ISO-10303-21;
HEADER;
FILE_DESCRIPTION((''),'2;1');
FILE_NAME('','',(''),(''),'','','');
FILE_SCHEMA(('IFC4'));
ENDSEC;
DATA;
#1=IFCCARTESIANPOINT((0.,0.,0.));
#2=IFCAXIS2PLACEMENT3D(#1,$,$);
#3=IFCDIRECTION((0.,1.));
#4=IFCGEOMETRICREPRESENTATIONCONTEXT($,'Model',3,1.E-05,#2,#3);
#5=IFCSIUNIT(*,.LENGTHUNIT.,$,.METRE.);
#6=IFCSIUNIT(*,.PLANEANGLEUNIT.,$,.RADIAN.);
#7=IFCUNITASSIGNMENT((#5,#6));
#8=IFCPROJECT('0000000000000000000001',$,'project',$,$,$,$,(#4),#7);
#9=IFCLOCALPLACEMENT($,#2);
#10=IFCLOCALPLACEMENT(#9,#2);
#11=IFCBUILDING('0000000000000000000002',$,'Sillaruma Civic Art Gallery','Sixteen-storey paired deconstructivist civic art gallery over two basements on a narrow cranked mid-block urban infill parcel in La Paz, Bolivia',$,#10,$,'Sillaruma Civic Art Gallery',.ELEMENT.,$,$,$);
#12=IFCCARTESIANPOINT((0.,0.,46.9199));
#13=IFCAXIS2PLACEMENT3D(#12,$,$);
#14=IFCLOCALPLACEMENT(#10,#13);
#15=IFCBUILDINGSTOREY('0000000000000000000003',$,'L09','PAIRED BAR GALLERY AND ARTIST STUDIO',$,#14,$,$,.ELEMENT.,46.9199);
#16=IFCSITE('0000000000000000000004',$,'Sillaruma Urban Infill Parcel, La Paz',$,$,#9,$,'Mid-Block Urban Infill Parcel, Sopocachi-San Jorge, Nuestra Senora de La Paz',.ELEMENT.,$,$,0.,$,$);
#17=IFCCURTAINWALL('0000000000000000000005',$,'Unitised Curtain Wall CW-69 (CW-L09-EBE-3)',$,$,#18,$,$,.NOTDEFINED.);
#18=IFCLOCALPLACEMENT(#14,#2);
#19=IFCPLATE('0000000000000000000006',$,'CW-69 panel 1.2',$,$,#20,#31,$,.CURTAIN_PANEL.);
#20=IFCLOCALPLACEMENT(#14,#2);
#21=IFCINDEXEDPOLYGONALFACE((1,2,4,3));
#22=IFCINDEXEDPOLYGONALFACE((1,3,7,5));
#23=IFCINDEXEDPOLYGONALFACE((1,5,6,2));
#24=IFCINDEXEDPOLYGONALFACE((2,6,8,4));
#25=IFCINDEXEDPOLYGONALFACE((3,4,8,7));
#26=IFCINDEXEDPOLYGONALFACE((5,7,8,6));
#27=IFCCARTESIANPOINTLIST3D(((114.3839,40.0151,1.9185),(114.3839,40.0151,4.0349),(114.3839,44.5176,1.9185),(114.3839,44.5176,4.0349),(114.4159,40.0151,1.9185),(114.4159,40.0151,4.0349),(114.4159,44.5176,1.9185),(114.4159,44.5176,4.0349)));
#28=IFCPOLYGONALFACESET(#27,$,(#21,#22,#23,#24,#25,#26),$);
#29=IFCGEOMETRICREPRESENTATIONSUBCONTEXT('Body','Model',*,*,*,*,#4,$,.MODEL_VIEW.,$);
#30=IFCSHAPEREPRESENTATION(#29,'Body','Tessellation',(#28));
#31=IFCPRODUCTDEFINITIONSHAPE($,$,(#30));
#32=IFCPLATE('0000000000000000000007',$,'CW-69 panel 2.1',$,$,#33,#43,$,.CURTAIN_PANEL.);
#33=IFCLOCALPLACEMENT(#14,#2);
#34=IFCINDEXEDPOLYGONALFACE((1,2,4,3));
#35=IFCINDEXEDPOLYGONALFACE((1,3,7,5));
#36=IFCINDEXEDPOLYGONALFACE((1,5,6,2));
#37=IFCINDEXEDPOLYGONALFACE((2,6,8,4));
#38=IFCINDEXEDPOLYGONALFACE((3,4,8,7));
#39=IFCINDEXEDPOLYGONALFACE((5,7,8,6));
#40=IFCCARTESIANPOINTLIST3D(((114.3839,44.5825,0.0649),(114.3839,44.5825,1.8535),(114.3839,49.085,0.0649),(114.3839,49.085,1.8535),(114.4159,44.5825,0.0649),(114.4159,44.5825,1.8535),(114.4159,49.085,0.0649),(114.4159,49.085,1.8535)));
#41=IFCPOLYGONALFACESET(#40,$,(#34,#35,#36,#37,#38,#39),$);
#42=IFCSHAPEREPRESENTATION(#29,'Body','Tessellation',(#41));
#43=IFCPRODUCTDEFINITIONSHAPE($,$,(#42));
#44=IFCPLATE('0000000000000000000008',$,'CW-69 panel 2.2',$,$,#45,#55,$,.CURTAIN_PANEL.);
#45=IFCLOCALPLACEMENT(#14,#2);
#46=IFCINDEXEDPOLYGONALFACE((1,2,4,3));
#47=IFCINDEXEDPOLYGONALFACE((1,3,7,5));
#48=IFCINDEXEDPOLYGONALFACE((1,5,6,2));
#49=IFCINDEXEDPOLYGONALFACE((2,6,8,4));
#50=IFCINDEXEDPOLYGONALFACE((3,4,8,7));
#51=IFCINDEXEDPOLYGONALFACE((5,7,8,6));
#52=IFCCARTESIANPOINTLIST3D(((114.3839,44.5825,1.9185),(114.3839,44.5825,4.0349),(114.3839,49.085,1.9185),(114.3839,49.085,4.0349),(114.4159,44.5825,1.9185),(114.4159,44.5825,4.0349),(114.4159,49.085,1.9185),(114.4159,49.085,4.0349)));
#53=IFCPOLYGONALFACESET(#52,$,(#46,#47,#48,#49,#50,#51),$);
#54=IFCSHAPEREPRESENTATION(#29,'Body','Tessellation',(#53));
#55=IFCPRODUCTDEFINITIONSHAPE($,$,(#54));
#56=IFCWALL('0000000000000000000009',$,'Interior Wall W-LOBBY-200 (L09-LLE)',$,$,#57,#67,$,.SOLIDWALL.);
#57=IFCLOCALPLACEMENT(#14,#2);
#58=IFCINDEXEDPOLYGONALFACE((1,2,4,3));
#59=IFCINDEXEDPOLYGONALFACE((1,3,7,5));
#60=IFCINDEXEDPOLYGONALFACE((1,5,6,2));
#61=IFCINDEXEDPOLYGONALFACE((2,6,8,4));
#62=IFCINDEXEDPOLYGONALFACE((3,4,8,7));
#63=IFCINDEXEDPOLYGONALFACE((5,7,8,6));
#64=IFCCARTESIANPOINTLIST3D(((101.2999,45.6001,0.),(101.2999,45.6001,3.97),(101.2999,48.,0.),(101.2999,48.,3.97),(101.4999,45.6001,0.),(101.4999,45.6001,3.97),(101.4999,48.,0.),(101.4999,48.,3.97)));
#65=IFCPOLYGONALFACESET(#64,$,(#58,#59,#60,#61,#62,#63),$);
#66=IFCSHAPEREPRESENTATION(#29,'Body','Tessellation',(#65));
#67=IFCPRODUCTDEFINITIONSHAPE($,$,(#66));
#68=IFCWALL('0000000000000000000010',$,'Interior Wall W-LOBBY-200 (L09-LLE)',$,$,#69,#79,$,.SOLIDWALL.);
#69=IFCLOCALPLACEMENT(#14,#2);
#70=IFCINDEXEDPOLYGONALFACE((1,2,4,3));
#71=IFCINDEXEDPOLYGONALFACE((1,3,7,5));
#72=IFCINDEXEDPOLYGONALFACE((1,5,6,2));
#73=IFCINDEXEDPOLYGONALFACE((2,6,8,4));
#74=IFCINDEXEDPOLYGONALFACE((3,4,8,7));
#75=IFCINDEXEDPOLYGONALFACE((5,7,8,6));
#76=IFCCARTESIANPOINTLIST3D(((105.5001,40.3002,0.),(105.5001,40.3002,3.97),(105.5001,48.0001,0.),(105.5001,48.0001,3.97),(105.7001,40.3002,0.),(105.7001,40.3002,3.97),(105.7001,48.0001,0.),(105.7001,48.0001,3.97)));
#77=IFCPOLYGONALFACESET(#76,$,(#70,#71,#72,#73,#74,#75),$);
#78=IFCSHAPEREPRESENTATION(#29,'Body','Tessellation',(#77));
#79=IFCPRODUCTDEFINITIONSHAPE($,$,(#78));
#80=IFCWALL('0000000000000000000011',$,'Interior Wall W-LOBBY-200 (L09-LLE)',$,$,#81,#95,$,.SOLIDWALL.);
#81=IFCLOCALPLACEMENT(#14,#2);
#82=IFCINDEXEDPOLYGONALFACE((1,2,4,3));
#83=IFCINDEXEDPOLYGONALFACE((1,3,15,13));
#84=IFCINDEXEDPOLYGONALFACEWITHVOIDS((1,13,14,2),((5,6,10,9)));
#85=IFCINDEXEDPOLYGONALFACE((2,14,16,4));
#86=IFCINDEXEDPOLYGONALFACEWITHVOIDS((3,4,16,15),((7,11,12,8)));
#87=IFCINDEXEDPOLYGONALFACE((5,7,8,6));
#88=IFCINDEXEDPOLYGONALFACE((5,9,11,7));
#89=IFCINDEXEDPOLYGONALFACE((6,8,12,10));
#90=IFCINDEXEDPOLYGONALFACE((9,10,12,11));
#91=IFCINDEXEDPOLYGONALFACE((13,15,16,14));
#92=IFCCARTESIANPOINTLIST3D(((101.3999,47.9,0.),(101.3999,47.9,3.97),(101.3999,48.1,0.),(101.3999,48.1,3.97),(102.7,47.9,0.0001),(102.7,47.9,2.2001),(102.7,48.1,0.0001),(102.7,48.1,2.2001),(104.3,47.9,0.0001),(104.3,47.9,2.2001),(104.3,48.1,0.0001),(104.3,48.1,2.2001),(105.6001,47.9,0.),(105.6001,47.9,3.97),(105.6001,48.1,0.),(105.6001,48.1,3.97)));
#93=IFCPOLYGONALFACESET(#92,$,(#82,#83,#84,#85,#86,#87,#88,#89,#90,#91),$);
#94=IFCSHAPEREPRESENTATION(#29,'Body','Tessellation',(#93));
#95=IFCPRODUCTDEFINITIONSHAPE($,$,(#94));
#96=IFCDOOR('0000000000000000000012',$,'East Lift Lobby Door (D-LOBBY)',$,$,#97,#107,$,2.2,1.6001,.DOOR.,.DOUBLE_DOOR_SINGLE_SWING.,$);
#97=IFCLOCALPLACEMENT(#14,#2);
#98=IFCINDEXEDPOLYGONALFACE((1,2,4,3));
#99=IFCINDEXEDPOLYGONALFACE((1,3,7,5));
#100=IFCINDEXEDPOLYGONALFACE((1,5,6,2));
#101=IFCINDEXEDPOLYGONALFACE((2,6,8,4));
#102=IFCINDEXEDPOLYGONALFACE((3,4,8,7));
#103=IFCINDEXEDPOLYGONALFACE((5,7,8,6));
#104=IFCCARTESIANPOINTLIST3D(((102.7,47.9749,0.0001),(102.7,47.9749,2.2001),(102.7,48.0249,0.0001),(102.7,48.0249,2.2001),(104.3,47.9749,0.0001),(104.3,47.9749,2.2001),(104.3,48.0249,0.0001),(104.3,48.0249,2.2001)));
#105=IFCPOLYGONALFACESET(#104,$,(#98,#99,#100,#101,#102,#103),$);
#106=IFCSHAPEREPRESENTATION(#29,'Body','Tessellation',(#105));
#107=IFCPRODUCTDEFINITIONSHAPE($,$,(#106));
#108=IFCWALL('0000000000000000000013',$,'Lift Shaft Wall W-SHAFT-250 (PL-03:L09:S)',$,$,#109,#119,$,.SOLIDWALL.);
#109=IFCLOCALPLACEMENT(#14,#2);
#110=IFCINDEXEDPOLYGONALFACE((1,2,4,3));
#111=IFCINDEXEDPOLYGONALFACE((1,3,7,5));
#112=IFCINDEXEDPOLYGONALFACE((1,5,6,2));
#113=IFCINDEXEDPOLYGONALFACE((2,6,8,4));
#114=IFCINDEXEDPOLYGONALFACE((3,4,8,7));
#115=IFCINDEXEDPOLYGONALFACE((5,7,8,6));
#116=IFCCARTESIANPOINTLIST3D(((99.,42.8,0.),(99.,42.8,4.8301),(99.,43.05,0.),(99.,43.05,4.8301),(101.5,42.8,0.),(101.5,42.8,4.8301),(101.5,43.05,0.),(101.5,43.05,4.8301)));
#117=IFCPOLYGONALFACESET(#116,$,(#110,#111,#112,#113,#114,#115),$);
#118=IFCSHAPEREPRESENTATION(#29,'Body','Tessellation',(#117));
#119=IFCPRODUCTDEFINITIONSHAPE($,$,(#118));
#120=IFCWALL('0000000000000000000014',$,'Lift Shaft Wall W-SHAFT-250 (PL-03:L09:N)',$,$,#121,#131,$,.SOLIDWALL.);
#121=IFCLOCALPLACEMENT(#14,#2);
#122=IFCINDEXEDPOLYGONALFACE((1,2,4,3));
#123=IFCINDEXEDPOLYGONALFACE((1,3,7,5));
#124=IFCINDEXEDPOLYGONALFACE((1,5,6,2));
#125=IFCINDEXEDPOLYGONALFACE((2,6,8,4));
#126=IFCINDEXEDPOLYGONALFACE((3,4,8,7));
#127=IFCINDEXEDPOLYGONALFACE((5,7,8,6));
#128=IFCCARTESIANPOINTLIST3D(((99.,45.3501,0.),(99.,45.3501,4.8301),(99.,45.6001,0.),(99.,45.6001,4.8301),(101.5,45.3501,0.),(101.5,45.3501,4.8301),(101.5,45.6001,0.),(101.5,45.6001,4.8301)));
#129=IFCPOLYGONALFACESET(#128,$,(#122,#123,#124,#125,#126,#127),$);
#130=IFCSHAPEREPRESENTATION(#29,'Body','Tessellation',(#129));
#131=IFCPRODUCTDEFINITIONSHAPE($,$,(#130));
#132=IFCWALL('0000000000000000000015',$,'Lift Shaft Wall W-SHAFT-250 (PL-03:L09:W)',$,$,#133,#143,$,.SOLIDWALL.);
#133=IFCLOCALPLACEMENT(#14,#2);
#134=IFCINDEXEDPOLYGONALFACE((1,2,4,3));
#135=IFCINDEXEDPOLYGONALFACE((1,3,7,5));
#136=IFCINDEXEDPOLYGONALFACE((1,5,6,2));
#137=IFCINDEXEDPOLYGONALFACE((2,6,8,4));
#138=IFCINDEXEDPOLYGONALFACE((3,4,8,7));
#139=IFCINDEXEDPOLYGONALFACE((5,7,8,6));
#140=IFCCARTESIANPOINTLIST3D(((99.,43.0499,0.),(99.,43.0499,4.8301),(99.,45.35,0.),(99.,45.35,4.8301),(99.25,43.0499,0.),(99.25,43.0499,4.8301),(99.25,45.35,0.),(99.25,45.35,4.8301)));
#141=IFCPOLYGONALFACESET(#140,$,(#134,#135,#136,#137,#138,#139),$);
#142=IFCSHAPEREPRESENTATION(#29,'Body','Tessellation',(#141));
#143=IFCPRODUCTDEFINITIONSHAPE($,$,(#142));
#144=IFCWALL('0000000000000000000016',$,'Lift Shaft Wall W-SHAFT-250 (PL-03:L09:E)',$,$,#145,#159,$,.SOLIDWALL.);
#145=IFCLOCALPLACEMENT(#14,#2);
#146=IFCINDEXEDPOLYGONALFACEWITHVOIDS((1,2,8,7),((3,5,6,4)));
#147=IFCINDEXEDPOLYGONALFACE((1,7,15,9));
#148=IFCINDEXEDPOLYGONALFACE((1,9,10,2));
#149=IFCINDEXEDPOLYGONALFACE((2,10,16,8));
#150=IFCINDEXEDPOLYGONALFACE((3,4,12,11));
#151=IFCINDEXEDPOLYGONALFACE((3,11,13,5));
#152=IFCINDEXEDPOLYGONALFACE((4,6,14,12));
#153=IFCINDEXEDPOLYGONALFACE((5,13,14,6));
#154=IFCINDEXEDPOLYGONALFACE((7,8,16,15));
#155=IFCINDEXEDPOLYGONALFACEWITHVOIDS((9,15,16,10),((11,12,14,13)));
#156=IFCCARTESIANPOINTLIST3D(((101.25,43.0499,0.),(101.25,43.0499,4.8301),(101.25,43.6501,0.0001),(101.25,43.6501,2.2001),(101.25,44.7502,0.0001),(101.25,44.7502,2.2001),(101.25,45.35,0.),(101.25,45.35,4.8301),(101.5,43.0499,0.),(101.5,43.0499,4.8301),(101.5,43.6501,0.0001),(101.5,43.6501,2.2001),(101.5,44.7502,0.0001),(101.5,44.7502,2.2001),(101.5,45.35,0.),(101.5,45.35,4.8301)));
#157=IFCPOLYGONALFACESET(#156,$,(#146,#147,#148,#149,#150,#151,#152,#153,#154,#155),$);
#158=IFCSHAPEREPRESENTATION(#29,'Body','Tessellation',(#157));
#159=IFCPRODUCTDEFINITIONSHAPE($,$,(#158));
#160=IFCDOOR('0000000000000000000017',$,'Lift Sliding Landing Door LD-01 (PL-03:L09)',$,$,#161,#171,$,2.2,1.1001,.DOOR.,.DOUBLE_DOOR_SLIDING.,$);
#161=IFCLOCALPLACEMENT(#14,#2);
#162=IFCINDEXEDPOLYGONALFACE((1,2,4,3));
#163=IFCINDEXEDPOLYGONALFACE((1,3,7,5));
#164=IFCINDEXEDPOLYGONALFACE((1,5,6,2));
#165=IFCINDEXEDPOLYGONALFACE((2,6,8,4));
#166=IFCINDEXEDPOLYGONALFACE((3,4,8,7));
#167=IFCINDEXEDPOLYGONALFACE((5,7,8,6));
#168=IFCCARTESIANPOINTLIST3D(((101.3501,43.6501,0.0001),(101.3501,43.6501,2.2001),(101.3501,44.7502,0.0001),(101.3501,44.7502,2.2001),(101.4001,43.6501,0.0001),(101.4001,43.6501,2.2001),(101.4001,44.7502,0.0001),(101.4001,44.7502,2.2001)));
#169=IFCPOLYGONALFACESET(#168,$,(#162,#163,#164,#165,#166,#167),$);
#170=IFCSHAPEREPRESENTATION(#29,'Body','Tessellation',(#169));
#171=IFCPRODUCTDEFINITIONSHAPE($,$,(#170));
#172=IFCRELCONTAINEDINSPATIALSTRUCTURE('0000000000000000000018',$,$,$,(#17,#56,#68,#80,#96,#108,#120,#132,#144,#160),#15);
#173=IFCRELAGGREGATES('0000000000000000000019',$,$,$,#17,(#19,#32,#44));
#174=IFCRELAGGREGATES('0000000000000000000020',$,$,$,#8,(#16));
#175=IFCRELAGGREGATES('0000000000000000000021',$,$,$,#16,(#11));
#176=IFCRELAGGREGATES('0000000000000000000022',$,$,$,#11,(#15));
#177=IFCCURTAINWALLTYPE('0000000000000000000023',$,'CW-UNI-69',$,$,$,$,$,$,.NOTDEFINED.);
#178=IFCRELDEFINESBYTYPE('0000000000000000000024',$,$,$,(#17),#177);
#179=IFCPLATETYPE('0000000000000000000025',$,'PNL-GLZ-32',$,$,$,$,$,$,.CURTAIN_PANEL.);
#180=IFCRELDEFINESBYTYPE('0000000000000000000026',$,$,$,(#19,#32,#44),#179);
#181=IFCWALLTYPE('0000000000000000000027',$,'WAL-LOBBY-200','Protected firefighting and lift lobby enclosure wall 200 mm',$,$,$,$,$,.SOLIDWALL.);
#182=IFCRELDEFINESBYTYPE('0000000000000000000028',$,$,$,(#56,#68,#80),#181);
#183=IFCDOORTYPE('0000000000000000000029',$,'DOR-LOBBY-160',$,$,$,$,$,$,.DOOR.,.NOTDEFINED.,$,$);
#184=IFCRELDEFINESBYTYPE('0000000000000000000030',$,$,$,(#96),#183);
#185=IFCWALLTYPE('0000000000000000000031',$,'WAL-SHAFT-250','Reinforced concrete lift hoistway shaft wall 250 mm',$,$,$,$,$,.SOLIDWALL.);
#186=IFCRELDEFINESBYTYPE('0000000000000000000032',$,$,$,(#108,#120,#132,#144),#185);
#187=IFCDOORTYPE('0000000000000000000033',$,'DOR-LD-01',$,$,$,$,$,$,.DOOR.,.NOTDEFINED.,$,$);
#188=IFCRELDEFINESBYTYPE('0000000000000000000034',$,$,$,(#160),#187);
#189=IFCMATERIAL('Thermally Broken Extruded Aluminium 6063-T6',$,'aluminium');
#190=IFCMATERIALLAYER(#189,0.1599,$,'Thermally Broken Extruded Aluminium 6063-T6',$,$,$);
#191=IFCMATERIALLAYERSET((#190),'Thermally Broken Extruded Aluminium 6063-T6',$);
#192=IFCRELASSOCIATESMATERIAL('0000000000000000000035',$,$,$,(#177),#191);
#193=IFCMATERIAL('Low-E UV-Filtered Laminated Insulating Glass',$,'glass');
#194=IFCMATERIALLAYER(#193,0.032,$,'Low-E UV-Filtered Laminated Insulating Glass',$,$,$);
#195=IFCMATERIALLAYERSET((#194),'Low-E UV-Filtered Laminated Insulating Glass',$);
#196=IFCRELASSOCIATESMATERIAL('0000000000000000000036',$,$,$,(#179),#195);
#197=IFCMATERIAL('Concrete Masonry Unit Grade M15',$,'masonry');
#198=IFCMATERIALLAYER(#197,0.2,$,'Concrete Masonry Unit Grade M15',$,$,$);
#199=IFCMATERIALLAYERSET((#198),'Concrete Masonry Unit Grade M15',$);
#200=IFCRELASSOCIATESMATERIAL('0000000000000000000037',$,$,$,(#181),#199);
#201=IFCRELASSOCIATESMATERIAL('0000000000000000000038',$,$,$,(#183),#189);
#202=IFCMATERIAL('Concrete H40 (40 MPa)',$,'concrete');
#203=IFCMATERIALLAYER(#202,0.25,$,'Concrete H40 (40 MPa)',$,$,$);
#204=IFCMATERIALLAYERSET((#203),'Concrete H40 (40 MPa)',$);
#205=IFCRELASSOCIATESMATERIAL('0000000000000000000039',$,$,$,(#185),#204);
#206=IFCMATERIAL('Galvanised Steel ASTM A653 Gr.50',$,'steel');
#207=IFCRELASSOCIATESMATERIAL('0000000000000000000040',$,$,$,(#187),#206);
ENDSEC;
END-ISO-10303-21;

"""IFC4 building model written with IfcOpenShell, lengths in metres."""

from ifc_helpers import new_model, si_unit, direction, frame, frame_2d, origin, origin_2d, place, context, subcontext, project, spatial, rectangle, extrude, material, layer, layer_set, type_object, element, fill, aggregate, save


model = new_model("IFC4")

# Units and contexts
model_context = context("Model", 3, precision=1e-05, world=origin(), true_north=direction((0.0, 1.0)))
body_context = subcontext(model_context, "Body", "Model", "MODEL_VIEW")
ifc_project = project(units=[si_unit("LENGTHUNIT", "METRE"), si_unit("PLANEANGLEUNIT", "RADIAN")], contexts=[model_context])

# Site, building, storey
site_placement = place(None, origin())
site = spatial("IfcSite", under=ifc_project, at=site_placement, Name="Sillaruma Urban Infill Parcel, La Paz", LongName="Mid-Block Urban Infill Parcel, Sopocachi-San Jorge, Nuestra Senora de La Paz", CompositionType="ELEMENT", RefElevation=0.0)
building_placement = place(site_placement, origin())
building = spatial("IfcBuilding", under=site, at=building_placement, Name="Sillaruma Civic Art Gallery", Description="Sixteen-storey paired deconstructivist civic art gallery over two basements on a narrow cranked mid-block urban infill parcel in La Paz, Bolivia", LongName="Sillaruma Civic Art Gallery", CompositionType="ELEMENT")
storey_placement = place(building_placement, frame((0.0, 0.0, 46.9199)))
storey = spatial("IfcBuildingStorey", under=building, at=storey_placement, Name="L09", Description="PAIRED BAR GALLERY AND ARTIST STUDIO", CompositionType="ELEMENT", Elevation=46.9199)

# Shared definitions
ifc_material_1 = material(Name="Concrete H40 (40 MPa)", Category="concrete")

# Curtain wall, plates
ifc_material_2 = material(Name="Thermally Broken Extruded Aluminium 6063-T6", Category="aluminium")
ifc_layer_1 = layer(ifc_material_2, 0.1599, Name="Thermally Broken Extruded Aluminium 6063-T6")
ifc_layer_set_1 = layer_set([ifc_layer_1], Name="Thermally Broken Extruded Aluminium 6063-T6")
curtain_wall_type = type_object("IfcCurtainWallType", Name="CW-UNI-69", PredefinedType="NOTDEFINED", material=ifc_layer_set_1)
curtain_wall_placement = place(storey_placement, origin())
curtain_wall = element("IfcCurtainWall", 1, at=curtain_wall_placement, inside=storey, type_object=curtain_wall_type, Name="Unitised Curtain Wall CW-69 (CW-L09-EBE-3)", PredefinedType="NOTDEFINED")
ifc_material_3 = material(Name="Low-E UV-Filtered Laminated Insulating Glass", Category="glass")
ifc_layer_2 = layer(ifc_material_3, 0.032, Name="Low-E UV-Filtered Laminated Insulating Glass")
ifc_layer_set_2 = layer_set([ifc_layer_2], Name="Low-E UV-Filtered Laminated Insulating Glass")
plate_type = type_object("IfcPlateType", Name="PNL-GLZ-32", PredefinedType="CURTAIN_PANEL", material=ifc_layer_set_2)
plate_1_placement = place(storey_placement, frame((114.3999, 42.2664, 1.9185), z_axis=(0.0, 0.0, 1.0), x_axis=(0.0, 1.0, 0.0)))
plate_1 = element("IfcPlate", 2, at=plate_1_placement, type_object=plate_type, Name="CW-69 panel 1.2", PredefinedType="CURTAIN_PANEL", context=body_context, shape_type="SweptSolid", body=[
    extrude(rectangle(XDim=4.5024, YDim=0.032, at=origin_2d()), origin(), (0.0, 0.0, 1.0), 2.1165),
])
plate_2_placement = place(storey_placement, frame((114.3999, 46.8337, 0.0649), z_axis=(0.0, 0.0, 1.0), x_axis=(0.0, 1.0, 0.0)))
plate_2 = element("IfcPlate", 3, at=plate_2_placement, type_object=plate_type, Name="CW-69 panel 2.1", PredefinedType="CURTAIN_PANEL", context=body_context, shape_type="SweptSolid", body=[
    extrude(rectangle(XDim=4.5024, YDim=0.032, at=origin_2d()), origin(), (0.0, 0.0, 1.0), 1.7886),
])
plate_3_placement = place(storey_placement, frame((114.3999, 46.8337, 1.9185), z_axis=(0.0, 0.0, 1.0), x_axis=(0.0, 1.0, 0.0)))
plate_3 = element("IfcPlate", 4, at=plate_3_placement, type_object=plate_type, Name="CW-69 panel 2.2", PredefinedType="CURTAIN_PANEL", context=body_context, shape_type="SweptSolid", body=[
    extrude(rectangle(XDim=4.5024, YDim=0.032, at=origin_2d()), origin(), (0.0, 0.0, 1.0), 2.1165),
])
aggregate(curtain_wall, [plate_1, plate_2, plate_3])

# Walls
ifc_material_4 = material(Name="Concrete Masonry Unit Grade M15", Category="masonry")
ifc_layer_3 = layer(ifc_material_4, 0.2, Name="Concrete Masonry Unit Grade M15")
ifc_layer_set_3 = layer_set([ifc_layer_3], Name="Concrete Masonry Unit Grade M15")
wall_type_1 = type_object("IfcWallType", Name="WAL-LOBBY-200", Description="Protected firefighting and lift lobby enclosure wall 200 mm", PredefinedType="SOLIDWALL", material=ifc_layer_set_3)
wall_1_placement = place(storey_placement, frame((101.3999, 45.6001, 0.0), z_axis=(0.0, 0.0, 1.0), x_axis=(0.0, 1.0, 0.0)))
element("IfcWall", 5, at=wall_1_placement, inside=storey, type_object=wall_type_1, Name="Interior Wall W-LOBBY-200 (L09-LLE)", PredefinedType="SOLIDWALL", context=body_context, shape_type="SweptSolid", body=[
    extrude(rectangle(XDim=2.3999, YDim=0.2, at=frame_2d((1.2, 0.0))), origin(), (0.0, 0.0, 1.0), 3.97),
])
wall_2_placement = place(storey_placement, frame((105.6001, 40.3, 0.0), z_axis=(0.0, 0.0, 1.0), x_axis=(0.0, 1.0, 0.0)))
element("IfcWall", 6, at=wall_2_placement, inside=storey, type_object=wall_type_1, Name="Interior Wall W-LOBBY-200 (L09-LLE)", PredefinedType="SOLIDWALL", context=body_context, shape_type="SweptSolid", body=[
    extrude(rectangle(XDim=7.7, YDim=0.2, at=frame_2d((3.8501, 0.0))), origin(), (0.0, 0.0, 1.0), 3.97),
])

# Wall, opening, door
wall_3_placement = place(storey_placement, frame((101.3999, 48.0, 0.0), z_axis=(0.0, 0.0, 1.0), x_axis=(1.0, 0.0, 0.0)))
wall_3 = element("IfcWall", 7, at=wall_3_placement, inside=storey, type_object=wall_type_1, Name="Interior Wall W-LOBBY-200 (L09-LLE)", PredefinedType="SOLIDWALL", context=body_context, shape_type="SweptSolid", body=[
    extrude(rectangle(XDim=4.2002, YDim=0.2, at=frame_2d((2.1001, 0.0))), origin(), (0.0, 0.0, 1.0), 3.97),
])
opening_1_placement = place(wall_3_placement, frame((1.3, 0.0, 0.0)))
opening_1 = element("IfcOpeningElement", 8, at=opening_1_placement, cuts=wall_3, PredefinedType="OPENING", context=body_context, shape_type="SweptSolid", body=[
    extrude(rectangle(XDim=1.6001, YDim=2.2, at=frame_2d((0.8, 1.1001))), frame((0.0, 0.1099, 0.0), z_axis=(0.0, -1.0, 0.0), x_axis=(1.0, 0.0, 0.0)), (0.0, 0.0, 1.0), 0.22),
])
door_type_1 = type_object("IfcDoorType", Name="DOR-LOBBY-160", OperationType="NOTDEFINED", PredefinedType="DOOR", material=ifc_material_2)
door_1_placement = place(opening_1_placement, origin())
door_1 = element("IfcDoor", 9, at=door_1_placement, inside=storey, type_object=door_type_1, Name="East Lift Lobby Door (D-LOBBY)", OperationType="DOUBLE_DOOR_SINGLE_SWING", OverallHeight=2.2, OverallWidth=1.6001, PredefinedType="DOOR", context=body_context, shape_type="SweptSolid", body=[
    extrude(rectangle(XDim=1.6001, YDim=2.2, at=frame_2d((0.8, 1.1001))), frame((0.0, 0.0249, 0.0), z_axis=(0.0, -1.0, 0.0), x_axis=(1.0, 0.0, 0.0)), (0.0, 0.0, 1.0), 0.05),
])
fill(opening_1, door_1)

# Walls
ifc_layer_4 = layer(ifc_material_1, 0.25, Name="Concrete H40 (40 MPa)")
ifc_layer_set_4 = layer_set([ifc_layer_4], Name="Concrete H40 (40 MPa)")
wall_type_2 = type_object("IfcWallType", Name="WAL-SHAFT-250", Description="Reinforced concrete lift hoistway shaft wall 250 mm", PredefinedType="SOLIDWALL", material=ifc_layer_set_4)
for number, where, z_axis, x_axis, name in (
    (10, (99.0, 42.925, 0.0), (0.0, 0.0, 1.0), (1.0, 0.0, 0.0), "Lift Shaft Wall W-SHAFT-250 (PL-03:L09:S)"),
    (11, (99.0, 45.4751, 0.0), (0.0, 0.0, 1.0), (1.0, 0.0, 0.0), "Lift Shaft Wall W-SHAFT-250 (PL-03:L09:N)"),
):
    element("IfcWall", number, at=place(storey_placement, frame(where, z_axis=z_axis, x_axis=x_axis)), inside=storey, type_object=wall_type_2, Name=name, PredefinedType="SOLIDWALL", context=body_context, shape_type="SweptSolid", body=[
        extrude(rectangle(XDim=2.5, YDim=0.25, at=frame_2d((1.25, 0.0))), origin(), (0.0, 0.0, 1.0), 4.8301),
    ])
wall_4_placement = place(storey_placement, frame((99.125, 43.05, 0.0), z_axis=(0.0, 0.0, 1.0), x_axis=(0.0, 1.0, 0.0)))
element("IfcWall", 12, at=wall_4_placement, inside=storey, type_object=wall_type_2, Name="Lift Shaft Wall W-SHAFT-250 (PL-03:L09:W)", PredefinedType="SOLIDWALL", context=body_context, shape_type="SweptSolid", body=[
    extrude(rectangle(XDim=2.3, YDim=0.25, at=frame_2d((1.1499, 0.0))), origin(), (0.0, 0.0, 1.0), 4.8301),
])

# Wall, opening, door
wall_5_placement = place(storey_placement, frame((101.375, 43.05, 0.0), z_axis=(0.0, 0.0, 1.0), x_axis=(0.0, 1.0, 0.0)))
wall_5 = element("IfcWall", 13, at=wall_5_placement, inside=storey, type_object=wall_type_2, Name="Lift Shaft Wall W-SHAFT-250 (PL-03:L09:E)", PredefinedType="SOLIDWALL", context=body_context, shape_type="SweptSolid", body=[
    extrude(rectangle(XDim=2.3, YDim=0.25, at=frame_2d((1.1499, 0.0))), origin(), (0.0, 0.0, 1.0), 4.8301),
])
opening_2_placement = place(wall_5_placement, frame((0.6001, 0.0, 0.0)))
opening_2 = element("IfcOpeningElement", 14, at=opening_2_placement, cuts=wall_5, PredefinedType="OPENING", context=body_context, shape_type="SweptSolid", body=[
    extrude(rectangle(XDim=1.1001, YDim=2.2, at=frame_2d((0.55, 1.1001))), frame((0.0, 0.135, 0.0), z_axis=(0.0, -1.0, 0.0), x_axis=(1.0, 0.0, 0.0)), (0.0, 0.0, 1.0), 0.27),
])
ifc_material_5 = material(Name="Galvanised Steel ASTM A653 Gr.50", Category="steel")
door_type_2 = type_object("IfcDoorType", Name="DOR-LD-01", OperationType="NOTDEFINED", PredefinedType="DOOR", material=ifc_material_5)
door_2_placement = place(opening_2_placement, origin())
door_2 = element("IfcDoor", 15, at=door_2_placement, inside=storey, type_object=door_type_2, Name="Lift Sliding Landing Door LD-01 (PL-03:L09)", OperationType="DOUBLE_DOOR_SLIDING", OverallHeight=2.2, OverallWidth=1.1001, PredefinedType="DOOR", context=body_context, shape_type="SweptSolid", body=[
    extrude(rectangle(XDim=1.1001, YDim=2.2, at=frame_2d((0.55, 1.1001))), frame((0.0, 0.0249, 0.0), z_axis=(0.0, -1.0, 0.0), x_axis=(1.0, 0.0, 0.0)), (0.0, 0.0, 1.0), 0.05),
])
fill(opening_2, door_2)

save(model, "model.ifc")
